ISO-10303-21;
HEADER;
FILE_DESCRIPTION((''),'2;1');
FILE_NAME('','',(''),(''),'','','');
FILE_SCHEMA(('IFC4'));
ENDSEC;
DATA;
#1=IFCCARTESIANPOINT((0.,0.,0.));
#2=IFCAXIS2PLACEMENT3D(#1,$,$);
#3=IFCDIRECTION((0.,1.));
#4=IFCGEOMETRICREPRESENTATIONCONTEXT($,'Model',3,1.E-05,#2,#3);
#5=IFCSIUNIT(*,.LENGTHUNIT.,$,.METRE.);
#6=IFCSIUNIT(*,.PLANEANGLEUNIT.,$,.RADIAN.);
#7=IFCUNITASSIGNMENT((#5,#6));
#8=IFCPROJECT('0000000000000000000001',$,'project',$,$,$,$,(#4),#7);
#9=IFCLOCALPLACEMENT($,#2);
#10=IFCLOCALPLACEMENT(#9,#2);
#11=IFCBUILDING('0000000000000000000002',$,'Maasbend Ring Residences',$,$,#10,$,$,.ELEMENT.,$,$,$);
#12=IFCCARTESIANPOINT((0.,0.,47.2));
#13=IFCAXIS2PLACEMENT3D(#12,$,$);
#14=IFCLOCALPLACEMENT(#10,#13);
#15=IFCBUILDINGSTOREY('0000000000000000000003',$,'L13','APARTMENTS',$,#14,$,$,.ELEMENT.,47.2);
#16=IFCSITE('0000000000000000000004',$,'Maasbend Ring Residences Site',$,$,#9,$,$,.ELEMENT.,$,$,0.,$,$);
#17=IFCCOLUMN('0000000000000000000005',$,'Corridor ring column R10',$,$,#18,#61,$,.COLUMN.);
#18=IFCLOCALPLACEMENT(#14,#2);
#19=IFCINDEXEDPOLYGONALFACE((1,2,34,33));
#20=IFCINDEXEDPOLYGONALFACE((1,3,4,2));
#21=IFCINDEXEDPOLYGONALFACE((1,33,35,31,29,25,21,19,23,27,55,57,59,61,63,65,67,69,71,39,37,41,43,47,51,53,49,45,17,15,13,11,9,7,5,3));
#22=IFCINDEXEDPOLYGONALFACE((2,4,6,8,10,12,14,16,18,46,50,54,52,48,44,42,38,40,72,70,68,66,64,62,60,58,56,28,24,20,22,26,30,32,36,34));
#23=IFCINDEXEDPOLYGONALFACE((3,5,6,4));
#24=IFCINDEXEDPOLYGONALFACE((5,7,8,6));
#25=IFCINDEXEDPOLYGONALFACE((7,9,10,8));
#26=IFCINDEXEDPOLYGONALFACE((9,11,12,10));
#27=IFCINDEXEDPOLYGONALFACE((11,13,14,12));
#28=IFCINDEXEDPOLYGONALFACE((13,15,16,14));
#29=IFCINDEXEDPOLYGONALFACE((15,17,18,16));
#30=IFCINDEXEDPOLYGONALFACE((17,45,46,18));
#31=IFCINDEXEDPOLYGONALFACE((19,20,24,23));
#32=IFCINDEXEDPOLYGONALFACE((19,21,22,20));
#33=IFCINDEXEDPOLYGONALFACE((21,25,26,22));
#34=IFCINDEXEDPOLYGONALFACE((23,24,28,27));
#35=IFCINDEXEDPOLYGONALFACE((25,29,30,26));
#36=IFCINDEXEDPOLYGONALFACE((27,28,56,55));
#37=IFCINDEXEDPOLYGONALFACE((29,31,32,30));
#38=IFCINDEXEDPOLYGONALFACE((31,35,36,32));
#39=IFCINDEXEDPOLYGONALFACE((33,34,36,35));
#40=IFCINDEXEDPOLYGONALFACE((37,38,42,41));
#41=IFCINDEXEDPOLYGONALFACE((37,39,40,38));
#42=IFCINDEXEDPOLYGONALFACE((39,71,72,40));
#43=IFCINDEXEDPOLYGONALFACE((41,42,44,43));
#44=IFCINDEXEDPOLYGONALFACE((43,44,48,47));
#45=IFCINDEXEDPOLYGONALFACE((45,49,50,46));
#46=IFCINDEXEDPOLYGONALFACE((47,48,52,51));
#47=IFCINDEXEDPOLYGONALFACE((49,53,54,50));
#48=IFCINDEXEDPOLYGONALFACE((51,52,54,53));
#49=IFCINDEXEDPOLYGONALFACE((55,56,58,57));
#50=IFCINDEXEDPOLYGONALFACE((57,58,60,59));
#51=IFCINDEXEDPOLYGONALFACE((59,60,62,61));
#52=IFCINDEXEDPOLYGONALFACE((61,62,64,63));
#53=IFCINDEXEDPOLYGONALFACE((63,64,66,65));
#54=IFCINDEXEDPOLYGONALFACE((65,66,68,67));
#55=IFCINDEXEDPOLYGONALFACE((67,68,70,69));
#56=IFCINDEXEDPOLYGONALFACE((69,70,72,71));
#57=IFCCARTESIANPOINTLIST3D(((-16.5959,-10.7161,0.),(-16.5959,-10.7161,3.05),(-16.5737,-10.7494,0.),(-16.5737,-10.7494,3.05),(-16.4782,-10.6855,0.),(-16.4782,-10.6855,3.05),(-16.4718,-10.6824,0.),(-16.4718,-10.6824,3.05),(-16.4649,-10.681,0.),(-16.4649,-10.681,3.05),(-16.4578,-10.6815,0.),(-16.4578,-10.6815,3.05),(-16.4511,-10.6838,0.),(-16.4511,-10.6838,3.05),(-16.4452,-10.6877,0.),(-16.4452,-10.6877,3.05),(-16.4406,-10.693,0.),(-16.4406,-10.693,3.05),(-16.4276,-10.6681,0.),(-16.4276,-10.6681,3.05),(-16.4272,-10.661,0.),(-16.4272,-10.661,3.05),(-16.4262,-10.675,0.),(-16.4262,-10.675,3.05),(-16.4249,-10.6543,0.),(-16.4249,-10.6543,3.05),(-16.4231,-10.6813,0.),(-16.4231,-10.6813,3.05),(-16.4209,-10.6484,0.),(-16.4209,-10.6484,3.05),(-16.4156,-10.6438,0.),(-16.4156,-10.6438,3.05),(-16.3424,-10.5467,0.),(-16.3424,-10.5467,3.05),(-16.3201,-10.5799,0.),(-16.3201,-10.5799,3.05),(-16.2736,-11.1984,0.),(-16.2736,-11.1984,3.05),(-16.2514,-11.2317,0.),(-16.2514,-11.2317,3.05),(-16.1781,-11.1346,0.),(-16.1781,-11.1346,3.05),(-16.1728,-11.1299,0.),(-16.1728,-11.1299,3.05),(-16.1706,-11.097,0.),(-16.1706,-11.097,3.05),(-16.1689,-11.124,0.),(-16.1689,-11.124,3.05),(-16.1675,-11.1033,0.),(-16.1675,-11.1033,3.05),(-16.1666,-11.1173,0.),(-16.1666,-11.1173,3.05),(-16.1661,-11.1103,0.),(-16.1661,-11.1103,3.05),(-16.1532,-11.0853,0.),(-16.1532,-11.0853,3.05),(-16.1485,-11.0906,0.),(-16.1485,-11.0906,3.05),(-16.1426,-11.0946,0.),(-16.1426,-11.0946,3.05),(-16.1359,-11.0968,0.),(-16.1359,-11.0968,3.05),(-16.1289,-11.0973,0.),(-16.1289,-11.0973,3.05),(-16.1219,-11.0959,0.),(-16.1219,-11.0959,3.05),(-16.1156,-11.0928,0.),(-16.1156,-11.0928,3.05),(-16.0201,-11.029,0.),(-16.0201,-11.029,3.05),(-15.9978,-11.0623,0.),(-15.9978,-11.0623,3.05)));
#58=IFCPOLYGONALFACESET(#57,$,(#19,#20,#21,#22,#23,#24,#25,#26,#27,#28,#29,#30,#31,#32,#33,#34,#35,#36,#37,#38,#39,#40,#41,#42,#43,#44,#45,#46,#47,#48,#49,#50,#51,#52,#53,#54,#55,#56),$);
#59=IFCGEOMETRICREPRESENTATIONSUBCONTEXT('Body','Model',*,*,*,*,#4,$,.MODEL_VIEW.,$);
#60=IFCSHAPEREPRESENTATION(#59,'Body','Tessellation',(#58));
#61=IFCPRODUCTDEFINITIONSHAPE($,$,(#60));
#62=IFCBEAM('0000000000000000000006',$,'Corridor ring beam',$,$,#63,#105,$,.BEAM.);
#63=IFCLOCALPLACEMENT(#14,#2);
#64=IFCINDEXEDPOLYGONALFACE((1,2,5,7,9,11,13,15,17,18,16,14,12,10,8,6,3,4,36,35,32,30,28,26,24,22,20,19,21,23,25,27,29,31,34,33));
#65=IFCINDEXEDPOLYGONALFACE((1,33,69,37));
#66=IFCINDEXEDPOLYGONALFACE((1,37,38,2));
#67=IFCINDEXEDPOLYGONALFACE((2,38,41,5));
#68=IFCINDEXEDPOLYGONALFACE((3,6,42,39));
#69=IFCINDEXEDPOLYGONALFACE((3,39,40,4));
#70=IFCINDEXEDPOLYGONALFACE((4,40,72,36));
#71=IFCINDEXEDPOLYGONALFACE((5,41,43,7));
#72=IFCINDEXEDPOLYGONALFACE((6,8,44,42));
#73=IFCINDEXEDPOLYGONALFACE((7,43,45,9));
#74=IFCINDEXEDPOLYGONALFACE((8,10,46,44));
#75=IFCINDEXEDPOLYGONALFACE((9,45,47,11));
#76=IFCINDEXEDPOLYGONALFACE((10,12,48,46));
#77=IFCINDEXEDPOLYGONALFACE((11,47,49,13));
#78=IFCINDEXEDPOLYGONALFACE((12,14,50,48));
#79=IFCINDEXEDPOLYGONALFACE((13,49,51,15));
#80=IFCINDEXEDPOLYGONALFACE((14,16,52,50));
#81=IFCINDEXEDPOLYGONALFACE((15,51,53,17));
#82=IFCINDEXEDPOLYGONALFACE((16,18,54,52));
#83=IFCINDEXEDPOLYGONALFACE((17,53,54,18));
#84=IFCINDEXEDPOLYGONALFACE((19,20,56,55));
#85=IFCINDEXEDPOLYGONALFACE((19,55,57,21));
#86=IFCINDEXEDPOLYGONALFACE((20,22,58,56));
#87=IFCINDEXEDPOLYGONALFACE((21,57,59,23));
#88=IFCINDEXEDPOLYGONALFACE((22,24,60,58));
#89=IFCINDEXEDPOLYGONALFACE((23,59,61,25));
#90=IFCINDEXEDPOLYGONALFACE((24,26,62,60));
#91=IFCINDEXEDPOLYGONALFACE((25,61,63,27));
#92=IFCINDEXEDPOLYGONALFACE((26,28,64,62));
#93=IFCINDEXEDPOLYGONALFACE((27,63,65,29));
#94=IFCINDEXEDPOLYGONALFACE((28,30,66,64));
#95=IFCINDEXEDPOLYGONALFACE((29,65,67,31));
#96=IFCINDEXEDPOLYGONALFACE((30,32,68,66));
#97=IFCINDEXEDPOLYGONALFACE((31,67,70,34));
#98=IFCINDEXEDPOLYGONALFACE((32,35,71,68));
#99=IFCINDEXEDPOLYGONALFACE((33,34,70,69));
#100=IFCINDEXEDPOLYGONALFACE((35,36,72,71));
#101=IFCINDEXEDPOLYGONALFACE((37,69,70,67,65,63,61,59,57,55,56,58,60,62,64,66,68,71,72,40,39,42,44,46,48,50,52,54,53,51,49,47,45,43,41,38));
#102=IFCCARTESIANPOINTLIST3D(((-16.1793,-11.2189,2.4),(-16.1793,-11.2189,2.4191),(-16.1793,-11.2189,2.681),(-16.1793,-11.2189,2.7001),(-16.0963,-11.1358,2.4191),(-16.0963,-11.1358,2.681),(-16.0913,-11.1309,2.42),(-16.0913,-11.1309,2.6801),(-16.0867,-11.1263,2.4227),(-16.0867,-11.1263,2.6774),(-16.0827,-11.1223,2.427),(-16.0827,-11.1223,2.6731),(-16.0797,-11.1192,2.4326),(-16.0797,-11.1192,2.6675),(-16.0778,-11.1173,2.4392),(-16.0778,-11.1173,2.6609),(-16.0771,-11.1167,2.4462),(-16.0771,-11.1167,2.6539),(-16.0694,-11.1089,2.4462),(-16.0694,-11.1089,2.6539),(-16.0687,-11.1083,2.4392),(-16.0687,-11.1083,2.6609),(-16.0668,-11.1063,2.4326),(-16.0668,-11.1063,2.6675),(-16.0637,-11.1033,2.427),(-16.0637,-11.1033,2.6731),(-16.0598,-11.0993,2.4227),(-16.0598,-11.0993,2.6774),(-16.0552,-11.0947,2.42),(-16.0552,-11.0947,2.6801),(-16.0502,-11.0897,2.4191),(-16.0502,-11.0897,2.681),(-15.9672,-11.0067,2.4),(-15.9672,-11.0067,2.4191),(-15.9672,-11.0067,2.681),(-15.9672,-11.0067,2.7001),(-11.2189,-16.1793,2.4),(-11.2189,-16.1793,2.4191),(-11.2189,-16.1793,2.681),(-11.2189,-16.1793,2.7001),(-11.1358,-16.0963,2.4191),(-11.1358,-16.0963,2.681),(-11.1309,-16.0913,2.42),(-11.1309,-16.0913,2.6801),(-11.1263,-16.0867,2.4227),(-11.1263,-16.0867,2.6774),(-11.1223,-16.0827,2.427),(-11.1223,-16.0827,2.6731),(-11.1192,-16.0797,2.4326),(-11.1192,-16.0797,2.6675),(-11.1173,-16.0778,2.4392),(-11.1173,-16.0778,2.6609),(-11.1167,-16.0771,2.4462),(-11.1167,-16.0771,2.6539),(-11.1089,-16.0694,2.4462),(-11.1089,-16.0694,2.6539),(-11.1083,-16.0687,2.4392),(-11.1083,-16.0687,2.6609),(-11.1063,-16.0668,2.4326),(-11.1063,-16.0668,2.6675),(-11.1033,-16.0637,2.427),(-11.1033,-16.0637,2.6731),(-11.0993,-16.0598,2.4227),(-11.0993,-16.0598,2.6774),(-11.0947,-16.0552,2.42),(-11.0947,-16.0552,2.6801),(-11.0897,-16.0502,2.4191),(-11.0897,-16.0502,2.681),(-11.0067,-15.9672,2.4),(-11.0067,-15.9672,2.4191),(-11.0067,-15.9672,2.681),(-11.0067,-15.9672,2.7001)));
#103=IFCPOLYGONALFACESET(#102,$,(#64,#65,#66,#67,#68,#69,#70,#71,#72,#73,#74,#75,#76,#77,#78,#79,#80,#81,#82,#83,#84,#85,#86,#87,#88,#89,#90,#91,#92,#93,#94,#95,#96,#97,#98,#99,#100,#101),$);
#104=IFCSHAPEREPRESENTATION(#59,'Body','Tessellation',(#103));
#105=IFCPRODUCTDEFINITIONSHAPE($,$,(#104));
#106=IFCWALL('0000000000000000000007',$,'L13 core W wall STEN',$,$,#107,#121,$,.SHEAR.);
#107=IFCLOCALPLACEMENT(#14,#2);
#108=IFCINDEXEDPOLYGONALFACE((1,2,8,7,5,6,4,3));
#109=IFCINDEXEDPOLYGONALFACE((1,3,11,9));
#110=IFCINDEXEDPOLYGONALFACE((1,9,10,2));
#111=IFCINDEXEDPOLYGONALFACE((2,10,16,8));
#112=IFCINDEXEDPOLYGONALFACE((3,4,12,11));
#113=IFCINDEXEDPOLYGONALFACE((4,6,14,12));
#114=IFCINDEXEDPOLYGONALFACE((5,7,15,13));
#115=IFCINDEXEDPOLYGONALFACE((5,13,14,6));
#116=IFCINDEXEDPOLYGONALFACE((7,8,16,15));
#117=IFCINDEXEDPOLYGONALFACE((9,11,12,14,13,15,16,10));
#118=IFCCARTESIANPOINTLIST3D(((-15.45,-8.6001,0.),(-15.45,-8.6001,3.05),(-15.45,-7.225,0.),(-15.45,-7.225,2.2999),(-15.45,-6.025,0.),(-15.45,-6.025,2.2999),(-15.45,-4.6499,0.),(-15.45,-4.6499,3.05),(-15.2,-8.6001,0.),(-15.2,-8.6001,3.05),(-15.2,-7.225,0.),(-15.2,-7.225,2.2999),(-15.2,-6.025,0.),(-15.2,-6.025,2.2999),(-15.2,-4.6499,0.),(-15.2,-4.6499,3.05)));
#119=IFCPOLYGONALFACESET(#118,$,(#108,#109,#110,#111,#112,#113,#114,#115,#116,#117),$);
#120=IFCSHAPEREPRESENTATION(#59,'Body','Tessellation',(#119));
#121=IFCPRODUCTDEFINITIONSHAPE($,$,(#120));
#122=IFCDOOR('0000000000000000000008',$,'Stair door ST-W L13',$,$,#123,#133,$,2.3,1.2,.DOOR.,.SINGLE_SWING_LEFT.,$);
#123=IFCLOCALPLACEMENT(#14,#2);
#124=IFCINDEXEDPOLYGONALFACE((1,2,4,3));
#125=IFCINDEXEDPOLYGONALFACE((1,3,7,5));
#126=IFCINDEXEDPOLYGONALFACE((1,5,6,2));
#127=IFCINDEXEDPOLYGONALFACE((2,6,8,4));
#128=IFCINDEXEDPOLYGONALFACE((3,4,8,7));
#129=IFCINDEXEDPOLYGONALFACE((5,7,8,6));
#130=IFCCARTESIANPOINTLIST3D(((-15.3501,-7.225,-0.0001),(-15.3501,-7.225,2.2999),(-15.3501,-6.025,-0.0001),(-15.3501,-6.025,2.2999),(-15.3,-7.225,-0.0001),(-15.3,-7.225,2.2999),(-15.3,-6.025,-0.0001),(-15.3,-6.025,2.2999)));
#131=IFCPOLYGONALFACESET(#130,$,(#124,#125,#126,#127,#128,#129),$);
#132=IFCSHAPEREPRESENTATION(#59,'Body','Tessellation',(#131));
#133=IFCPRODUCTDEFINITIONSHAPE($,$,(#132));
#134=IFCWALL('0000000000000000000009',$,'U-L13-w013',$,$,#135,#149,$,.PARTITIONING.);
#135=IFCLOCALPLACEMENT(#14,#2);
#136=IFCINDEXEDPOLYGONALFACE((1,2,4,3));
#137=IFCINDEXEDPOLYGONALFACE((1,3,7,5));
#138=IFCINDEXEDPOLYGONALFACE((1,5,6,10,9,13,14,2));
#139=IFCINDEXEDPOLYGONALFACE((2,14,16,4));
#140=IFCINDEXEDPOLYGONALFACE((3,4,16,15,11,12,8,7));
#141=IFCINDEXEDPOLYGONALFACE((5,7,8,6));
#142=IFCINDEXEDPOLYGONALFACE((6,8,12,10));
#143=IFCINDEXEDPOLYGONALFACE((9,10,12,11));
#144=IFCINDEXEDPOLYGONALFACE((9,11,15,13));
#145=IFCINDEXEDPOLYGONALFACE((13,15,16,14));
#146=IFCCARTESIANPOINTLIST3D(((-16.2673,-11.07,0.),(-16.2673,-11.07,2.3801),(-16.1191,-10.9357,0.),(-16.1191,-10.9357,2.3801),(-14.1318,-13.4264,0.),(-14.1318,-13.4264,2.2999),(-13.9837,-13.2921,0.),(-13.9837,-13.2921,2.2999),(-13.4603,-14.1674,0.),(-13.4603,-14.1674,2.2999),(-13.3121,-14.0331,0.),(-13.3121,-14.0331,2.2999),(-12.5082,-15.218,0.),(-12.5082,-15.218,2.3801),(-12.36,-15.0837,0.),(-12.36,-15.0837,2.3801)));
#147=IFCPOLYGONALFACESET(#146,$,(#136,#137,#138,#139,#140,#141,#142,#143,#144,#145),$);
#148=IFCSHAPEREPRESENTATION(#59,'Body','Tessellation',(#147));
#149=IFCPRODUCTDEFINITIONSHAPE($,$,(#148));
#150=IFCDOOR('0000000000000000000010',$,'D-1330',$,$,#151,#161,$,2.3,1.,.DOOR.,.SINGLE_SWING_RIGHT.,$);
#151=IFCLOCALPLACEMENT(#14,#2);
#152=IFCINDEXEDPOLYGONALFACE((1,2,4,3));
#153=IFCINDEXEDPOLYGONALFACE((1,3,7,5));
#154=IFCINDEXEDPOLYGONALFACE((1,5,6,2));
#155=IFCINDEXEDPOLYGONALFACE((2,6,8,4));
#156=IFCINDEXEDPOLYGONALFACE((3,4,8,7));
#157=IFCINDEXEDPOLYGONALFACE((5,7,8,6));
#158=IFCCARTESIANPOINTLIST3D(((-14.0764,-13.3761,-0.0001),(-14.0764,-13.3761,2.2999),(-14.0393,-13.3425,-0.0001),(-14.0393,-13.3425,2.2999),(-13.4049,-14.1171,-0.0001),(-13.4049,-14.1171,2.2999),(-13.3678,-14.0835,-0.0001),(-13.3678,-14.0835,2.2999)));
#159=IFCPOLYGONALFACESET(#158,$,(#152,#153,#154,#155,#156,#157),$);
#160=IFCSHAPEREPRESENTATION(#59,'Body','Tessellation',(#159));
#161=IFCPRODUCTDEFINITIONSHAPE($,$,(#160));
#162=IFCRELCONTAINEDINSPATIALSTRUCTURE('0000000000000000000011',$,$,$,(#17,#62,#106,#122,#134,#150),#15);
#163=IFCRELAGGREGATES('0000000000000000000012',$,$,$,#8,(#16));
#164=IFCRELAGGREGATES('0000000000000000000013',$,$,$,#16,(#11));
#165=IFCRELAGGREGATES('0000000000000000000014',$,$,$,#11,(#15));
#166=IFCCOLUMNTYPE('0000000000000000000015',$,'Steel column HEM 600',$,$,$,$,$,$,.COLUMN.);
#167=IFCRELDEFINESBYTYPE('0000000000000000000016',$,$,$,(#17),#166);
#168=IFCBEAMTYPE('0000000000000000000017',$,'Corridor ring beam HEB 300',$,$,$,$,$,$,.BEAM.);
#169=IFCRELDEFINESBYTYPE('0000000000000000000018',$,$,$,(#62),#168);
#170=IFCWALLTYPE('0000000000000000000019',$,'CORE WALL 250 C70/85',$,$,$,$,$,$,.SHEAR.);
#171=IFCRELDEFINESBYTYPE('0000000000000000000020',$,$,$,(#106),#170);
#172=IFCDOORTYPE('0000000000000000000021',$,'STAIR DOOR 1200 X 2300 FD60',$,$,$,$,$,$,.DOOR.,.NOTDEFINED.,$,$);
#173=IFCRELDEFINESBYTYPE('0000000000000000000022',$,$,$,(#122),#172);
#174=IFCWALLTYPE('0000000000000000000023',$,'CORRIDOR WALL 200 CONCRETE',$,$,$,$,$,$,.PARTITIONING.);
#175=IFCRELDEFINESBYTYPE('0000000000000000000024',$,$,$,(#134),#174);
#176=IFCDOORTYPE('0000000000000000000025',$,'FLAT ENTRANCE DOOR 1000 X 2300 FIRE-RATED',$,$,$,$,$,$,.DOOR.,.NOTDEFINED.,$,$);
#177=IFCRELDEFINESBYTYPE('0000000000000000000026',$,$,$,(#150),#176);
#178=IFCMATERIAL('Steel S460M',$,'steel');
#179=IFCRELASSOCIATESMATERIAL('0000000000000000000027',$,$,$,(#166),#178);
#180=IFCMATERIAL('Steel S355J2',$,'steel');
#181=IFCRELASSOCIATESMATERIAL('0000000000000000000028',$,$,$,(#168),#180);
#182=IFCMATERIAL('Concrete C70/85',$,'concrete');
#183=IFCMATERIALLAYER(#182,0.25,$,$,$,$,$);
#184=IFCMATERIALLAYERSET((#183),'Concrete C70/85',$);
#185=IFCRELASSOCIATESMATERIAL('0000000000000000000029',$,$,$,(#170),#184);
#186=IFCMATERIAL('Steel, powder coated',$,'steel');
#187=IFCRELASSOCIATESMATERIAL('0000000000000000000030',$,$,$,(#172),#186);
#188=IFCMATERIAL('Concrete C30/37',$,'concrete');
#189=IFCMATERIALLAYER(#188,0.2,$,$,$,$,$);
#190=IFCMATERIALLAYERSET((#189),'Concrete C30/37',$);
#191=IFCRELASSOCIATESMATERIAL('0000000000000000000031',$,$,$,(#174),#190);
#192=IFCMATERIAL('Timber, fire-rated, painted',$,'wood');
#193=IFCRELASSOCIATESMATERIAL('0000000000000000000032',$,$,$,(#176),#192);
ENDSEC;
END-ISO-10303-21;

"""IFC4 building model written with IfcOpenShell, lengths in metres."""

from ifc_helpers import new_model, si_unit, direction, frame, frame_2d, origin, origin_2d, place, context, subcontext, project, spatial, rectangle, i_section, extrude, material, layer, layer_set, material_profile, profile_set, type_object, element, fill, save


model = new_model("IFC4")

# Units and contexts
model_context = context("Model", 3, precision=1e-05, world=origin(), true_north=direction((0.0, 1.0)))
body_context = subcontext(model_context, "Body", "Model", "MODEL_VIEW")
ifc_project = project(units=[si_unit("LENGTHUNIT", "METRE"), si_unit("PLANEANGLEUNIT", "RADIAN")], contexts=[model_context])

# Site, building, storey
site_placement = place(None, origin())
site = spatial("IfcSite", under=ifc_project, at=site_placement, Name="Maasbend Ring Residences Site", CompositionType="ELEMENT", RefElevation=0.0)
building_placement = place(site_placement, origin())
building = spatial("IfcBuilding", under=site, at=building_placement, Name="Maasbend Ring Residences", CompositionType="ELEMENT")
storey_placement = place(building_placement, frame((0.0, 0.0, 47.2)))
storey = spatial("IfcBuildingStorey", under=building, at=storey_placement, Name="L13", Description="APARTMENTS", CompositionType="ELEMENT", Elevation=47.2)

# Column
ifc_material_1 = material(Name="Steel S460M", Category="steel")
ifc_material_profile_1 = material_profile(ifc_material_1, i_section(OverallWidth=0.3049, OverallDepth=0.6201, WebThickness=0.021, FlangeThickness=0.04, FilletRadius=0.0271, at=origin_2d()), Name="HEM 600")
ifc_profile_set_1 = profile_set([ifc_material_profile_1], Name="Steel S460M")
column_type = type_object("IfcColumnType", Name="Steel column HEM 600", PredefinedType="COLUMN", material=ifc_profile_set_1)
column_placement = place(storey_placement, frame((-16.2969, -10.8892, 0.0), z_axis=(0.0, 0.0, 1.0), x_axis=(-0.83147, -0.55557, 0.0)))
element("IfcColumn", 1, at=column_placement, inside=storey, type_object=column_type, Name="Corridor ring column R10", PredefinedType="COLUMN", context=body_context, shape_type="SweptSolid", body=[
    extrude(i_section(OverallWidth=0.3049, OverallDepth=0.6201, WebThickness=0.021, FlangeThickness=0.04, FilletRadius=0.0271, at=origin_2d()), origin(), (0.0, 0.0, 1.0), 3.05),
])

# Beam
ifc_material_2 = material(Name="Steel S355J2", Category="steel")
ifc_material_profile_2 = material_profile(ifc_material_2, i_section(OverallWidth=0.3, OverallDepth=0.3, WebThickness=0.011, FlangeThickness=0.019, FilletRadius=0.0271, at=origin_2d()), Name="HEB 300")
ifc_profile_set_2 = profile_set([ifc_material_profile_2], Name="Steel S355J2")
beam_type = type_object("IfcBeamType", Name="Corridor ring beam HEB 300", PredefinedType="BEAM", material=ifc_profile_set_2)
beam_placement = place(storey_placement, frame((-16.0732, -11.1128, 2.55), z_axis=(0.707107, -0.707107, 0.0), x_axis=(0.707107, 0.707107, 0.0)))
element("IfcBeam", 2, at=beam_placement, inside=storey, type_object=beam_type, Name="Corridor ring beam", PredefinedType="BEAM", context=body_context, shape_type="SweptSolid", body=[
    extrude(i_section(OverallWidth=0.3, OverallDepth=0.3, WebThickness=0.011, FlangeThickness=0.019, FilletRadius=0.0271, at=origin_2d()), origin(), (0.0, 0.0, 1.0), 7.0151),
])

# Walls, openings, doors
ifc_material_3 = material(Name="Concrete C70/85", Category="concrete")
ifc_layer_1 = layer(ifc_material_3, 0.25)
ifc_layer_set_1 = layer_set([ifc_layer_1], Name="Concrete C70/85")
wall_type_1 = type_object("IfcWallType", Name="CORE WALL 250 C70/85", PredefinedType="SHEAR", material=ifc_layer_set_1)
wall_1_placement = place(storey_placement, frame((-15.325, -4.6499, 0.0), z_axis=(0.0, 0.0, 1.0), x_axis=(0.0, -1.0, 0.0)))
wall_1 = element("IfcWall", 3, at=wall_1_placement, inside=storey, type_object=wall_type_1, Name="L13 core W wall STEN", PredefinedType="SHEAR", context=body_context, shape_type="SweptSolid", body=[
    extrude(rectangle(XDim=3.9502, YDim=0.25, at=frame_2d((1.9751, 0.0))), origin(), (0.0, 0.0, 1.0), 3.05),
])
opening_1_placement = place(wall_1_placement, frame((1.375, 0.0, 0.0)))
opening_1 = element("IfcOpeningElement", 4, at=opening_1_placement, cuts=wall_1, PredefinedType="OPENING", context=body_context, shape_type="SweptSolid", body=[
    extrude(rectangle(XDim=1.2, YDim=2.3, at=frame_2d((0.6001, 1.1499))), frame((0.0, 0.135, 0.0), z_axis=(0.0, -1.0, 0.0), x_axis=(1.0, 0.0, 0.0)), (0.0, 0.0, 1.0), 0.27),
])
ifc_material_4 = material(Name="Steel, powder coated", Category="steel")
door_type_1 = type_object("IfcDoorType", Name="STAIR DOOR 1200 X 2300 FD60", OperationType="NOTDEFINED", PredefinedType="DOOR", material=ifc_material_4)
door_1_placement = place(opening_1_placement, origin())
door_1 = element("IfcDoor", 5, at=door_1_placement, inside=storey, type_object=door_type_1, Name="Stair door ST-W L13", OperationType="SINGLE_SWING_LEFT", OverallHeight=2.3, OverallWidth=1.2, PredefinedType="DOOR", context=body_context, shape_type="SweptSolid", body=[
    extrude(rectangle(XDim=1.2, YDim=2.3, at=frame_2d((0.6001, 1.1499))), frame((0.0, 0.0249, 0.0), z_axis=(0.0, -1.0, 0.0), x_axis=(1.0, 0.0, 0.0)), (0.0, 0.0, 1.0), 0.05),
])
fill(opening_1, door_1)
ifc_material_5 = material(Name="Concrete C30/37", Category="concrete")
ifc_layer_2 = layer(ifc_material_5, 0.2)
ifc_layer_set_2 = layer_set([ifc_layer_2], Name="Concrete C30/37")
wall_type_2 = type_object("IfcWallType", Name="CORRIDOR WALL 200 CONCRETE", PredefinedType="PARTITIONING", material=ifc_layer_set_2)
wall_2_placement = place(storey_placement, frame((-16.1931, -11.0029, 0.0), z_axis=(0.0, 0.0, 1.0), x_axis=(0.671515, -0.740991, 0.0)))
wall_2 = element("IfcWall", 6, at=wall_2_placement, inside=storey, type_object=wall_type_2, Name="U-L13-w013", PredefinedType="PARTITIONING", context=body_context, shape_type="SweptSolid", body=[
    extrude(rectangle(XDim=5.5979, YDim=0.2, at=frame_2d((2.7988, 0.0))), origin(), (0.0, 0.0, 1.0), 2.3801),
])
opening_2_placement = place(wall_2_placement, frame((3.1799, 0.0, 0.0)))
opening_2 = element("IfcOpeningElement", 7, at=opening_2_placement, cuts=wall_2, PredefinedType="OPENING", context=body_context, shape_type="SweptSolid", body=[
    extrude(rectangle(XDim=1.0, YDim=2.3, at=frame_2d((0.5, 1.1499))), frame((0.0, 0.1099, 0.0), z_axis=(0.0, -1.0, 0.0), x_axis=(1.0, 0.0, 0.0)), (0.0, 0.0, 1.0), 0.22),
])
ifc_material_6 = material(Name="Timber, fire-rated, painted", Category="wood")
door_type_2 = type_object("IfcDoorType", Name="FLAT ENTRANCE DOOR 1000 X 2300 FIRE-RATED", OperationType="NOTDEFINED", PredefinedType="DOOR", material=ifc_material_6)
door_2_placement = place(opening_2_placement, origin())
door_2 = element("IfcDoor", 8, at=door_2_placement, inside=storey, type_object=door_type_2, Name="D-1330", OperationType="SINGLE_SWING_RIGHT", OverallHeight=2.3, OverallWidth=1.0, PredefinedType="DOOR", context=body_context, shape_type="SweptSolid", body=[
    extrude(rectangle(XDim=1.0, YDim=2.3, at=frame_2d((0.5, 1.1499))), frame((0.0, 0.0249, 0.0), z_axis=(0.0, -1.0, 0.0), x_axis=(1.0, 0.0, 0.0)), (0.0, 0.0, 1.0), 0.05),
])
fill(opening_2, door_2)

save(model, "model.ifc")
